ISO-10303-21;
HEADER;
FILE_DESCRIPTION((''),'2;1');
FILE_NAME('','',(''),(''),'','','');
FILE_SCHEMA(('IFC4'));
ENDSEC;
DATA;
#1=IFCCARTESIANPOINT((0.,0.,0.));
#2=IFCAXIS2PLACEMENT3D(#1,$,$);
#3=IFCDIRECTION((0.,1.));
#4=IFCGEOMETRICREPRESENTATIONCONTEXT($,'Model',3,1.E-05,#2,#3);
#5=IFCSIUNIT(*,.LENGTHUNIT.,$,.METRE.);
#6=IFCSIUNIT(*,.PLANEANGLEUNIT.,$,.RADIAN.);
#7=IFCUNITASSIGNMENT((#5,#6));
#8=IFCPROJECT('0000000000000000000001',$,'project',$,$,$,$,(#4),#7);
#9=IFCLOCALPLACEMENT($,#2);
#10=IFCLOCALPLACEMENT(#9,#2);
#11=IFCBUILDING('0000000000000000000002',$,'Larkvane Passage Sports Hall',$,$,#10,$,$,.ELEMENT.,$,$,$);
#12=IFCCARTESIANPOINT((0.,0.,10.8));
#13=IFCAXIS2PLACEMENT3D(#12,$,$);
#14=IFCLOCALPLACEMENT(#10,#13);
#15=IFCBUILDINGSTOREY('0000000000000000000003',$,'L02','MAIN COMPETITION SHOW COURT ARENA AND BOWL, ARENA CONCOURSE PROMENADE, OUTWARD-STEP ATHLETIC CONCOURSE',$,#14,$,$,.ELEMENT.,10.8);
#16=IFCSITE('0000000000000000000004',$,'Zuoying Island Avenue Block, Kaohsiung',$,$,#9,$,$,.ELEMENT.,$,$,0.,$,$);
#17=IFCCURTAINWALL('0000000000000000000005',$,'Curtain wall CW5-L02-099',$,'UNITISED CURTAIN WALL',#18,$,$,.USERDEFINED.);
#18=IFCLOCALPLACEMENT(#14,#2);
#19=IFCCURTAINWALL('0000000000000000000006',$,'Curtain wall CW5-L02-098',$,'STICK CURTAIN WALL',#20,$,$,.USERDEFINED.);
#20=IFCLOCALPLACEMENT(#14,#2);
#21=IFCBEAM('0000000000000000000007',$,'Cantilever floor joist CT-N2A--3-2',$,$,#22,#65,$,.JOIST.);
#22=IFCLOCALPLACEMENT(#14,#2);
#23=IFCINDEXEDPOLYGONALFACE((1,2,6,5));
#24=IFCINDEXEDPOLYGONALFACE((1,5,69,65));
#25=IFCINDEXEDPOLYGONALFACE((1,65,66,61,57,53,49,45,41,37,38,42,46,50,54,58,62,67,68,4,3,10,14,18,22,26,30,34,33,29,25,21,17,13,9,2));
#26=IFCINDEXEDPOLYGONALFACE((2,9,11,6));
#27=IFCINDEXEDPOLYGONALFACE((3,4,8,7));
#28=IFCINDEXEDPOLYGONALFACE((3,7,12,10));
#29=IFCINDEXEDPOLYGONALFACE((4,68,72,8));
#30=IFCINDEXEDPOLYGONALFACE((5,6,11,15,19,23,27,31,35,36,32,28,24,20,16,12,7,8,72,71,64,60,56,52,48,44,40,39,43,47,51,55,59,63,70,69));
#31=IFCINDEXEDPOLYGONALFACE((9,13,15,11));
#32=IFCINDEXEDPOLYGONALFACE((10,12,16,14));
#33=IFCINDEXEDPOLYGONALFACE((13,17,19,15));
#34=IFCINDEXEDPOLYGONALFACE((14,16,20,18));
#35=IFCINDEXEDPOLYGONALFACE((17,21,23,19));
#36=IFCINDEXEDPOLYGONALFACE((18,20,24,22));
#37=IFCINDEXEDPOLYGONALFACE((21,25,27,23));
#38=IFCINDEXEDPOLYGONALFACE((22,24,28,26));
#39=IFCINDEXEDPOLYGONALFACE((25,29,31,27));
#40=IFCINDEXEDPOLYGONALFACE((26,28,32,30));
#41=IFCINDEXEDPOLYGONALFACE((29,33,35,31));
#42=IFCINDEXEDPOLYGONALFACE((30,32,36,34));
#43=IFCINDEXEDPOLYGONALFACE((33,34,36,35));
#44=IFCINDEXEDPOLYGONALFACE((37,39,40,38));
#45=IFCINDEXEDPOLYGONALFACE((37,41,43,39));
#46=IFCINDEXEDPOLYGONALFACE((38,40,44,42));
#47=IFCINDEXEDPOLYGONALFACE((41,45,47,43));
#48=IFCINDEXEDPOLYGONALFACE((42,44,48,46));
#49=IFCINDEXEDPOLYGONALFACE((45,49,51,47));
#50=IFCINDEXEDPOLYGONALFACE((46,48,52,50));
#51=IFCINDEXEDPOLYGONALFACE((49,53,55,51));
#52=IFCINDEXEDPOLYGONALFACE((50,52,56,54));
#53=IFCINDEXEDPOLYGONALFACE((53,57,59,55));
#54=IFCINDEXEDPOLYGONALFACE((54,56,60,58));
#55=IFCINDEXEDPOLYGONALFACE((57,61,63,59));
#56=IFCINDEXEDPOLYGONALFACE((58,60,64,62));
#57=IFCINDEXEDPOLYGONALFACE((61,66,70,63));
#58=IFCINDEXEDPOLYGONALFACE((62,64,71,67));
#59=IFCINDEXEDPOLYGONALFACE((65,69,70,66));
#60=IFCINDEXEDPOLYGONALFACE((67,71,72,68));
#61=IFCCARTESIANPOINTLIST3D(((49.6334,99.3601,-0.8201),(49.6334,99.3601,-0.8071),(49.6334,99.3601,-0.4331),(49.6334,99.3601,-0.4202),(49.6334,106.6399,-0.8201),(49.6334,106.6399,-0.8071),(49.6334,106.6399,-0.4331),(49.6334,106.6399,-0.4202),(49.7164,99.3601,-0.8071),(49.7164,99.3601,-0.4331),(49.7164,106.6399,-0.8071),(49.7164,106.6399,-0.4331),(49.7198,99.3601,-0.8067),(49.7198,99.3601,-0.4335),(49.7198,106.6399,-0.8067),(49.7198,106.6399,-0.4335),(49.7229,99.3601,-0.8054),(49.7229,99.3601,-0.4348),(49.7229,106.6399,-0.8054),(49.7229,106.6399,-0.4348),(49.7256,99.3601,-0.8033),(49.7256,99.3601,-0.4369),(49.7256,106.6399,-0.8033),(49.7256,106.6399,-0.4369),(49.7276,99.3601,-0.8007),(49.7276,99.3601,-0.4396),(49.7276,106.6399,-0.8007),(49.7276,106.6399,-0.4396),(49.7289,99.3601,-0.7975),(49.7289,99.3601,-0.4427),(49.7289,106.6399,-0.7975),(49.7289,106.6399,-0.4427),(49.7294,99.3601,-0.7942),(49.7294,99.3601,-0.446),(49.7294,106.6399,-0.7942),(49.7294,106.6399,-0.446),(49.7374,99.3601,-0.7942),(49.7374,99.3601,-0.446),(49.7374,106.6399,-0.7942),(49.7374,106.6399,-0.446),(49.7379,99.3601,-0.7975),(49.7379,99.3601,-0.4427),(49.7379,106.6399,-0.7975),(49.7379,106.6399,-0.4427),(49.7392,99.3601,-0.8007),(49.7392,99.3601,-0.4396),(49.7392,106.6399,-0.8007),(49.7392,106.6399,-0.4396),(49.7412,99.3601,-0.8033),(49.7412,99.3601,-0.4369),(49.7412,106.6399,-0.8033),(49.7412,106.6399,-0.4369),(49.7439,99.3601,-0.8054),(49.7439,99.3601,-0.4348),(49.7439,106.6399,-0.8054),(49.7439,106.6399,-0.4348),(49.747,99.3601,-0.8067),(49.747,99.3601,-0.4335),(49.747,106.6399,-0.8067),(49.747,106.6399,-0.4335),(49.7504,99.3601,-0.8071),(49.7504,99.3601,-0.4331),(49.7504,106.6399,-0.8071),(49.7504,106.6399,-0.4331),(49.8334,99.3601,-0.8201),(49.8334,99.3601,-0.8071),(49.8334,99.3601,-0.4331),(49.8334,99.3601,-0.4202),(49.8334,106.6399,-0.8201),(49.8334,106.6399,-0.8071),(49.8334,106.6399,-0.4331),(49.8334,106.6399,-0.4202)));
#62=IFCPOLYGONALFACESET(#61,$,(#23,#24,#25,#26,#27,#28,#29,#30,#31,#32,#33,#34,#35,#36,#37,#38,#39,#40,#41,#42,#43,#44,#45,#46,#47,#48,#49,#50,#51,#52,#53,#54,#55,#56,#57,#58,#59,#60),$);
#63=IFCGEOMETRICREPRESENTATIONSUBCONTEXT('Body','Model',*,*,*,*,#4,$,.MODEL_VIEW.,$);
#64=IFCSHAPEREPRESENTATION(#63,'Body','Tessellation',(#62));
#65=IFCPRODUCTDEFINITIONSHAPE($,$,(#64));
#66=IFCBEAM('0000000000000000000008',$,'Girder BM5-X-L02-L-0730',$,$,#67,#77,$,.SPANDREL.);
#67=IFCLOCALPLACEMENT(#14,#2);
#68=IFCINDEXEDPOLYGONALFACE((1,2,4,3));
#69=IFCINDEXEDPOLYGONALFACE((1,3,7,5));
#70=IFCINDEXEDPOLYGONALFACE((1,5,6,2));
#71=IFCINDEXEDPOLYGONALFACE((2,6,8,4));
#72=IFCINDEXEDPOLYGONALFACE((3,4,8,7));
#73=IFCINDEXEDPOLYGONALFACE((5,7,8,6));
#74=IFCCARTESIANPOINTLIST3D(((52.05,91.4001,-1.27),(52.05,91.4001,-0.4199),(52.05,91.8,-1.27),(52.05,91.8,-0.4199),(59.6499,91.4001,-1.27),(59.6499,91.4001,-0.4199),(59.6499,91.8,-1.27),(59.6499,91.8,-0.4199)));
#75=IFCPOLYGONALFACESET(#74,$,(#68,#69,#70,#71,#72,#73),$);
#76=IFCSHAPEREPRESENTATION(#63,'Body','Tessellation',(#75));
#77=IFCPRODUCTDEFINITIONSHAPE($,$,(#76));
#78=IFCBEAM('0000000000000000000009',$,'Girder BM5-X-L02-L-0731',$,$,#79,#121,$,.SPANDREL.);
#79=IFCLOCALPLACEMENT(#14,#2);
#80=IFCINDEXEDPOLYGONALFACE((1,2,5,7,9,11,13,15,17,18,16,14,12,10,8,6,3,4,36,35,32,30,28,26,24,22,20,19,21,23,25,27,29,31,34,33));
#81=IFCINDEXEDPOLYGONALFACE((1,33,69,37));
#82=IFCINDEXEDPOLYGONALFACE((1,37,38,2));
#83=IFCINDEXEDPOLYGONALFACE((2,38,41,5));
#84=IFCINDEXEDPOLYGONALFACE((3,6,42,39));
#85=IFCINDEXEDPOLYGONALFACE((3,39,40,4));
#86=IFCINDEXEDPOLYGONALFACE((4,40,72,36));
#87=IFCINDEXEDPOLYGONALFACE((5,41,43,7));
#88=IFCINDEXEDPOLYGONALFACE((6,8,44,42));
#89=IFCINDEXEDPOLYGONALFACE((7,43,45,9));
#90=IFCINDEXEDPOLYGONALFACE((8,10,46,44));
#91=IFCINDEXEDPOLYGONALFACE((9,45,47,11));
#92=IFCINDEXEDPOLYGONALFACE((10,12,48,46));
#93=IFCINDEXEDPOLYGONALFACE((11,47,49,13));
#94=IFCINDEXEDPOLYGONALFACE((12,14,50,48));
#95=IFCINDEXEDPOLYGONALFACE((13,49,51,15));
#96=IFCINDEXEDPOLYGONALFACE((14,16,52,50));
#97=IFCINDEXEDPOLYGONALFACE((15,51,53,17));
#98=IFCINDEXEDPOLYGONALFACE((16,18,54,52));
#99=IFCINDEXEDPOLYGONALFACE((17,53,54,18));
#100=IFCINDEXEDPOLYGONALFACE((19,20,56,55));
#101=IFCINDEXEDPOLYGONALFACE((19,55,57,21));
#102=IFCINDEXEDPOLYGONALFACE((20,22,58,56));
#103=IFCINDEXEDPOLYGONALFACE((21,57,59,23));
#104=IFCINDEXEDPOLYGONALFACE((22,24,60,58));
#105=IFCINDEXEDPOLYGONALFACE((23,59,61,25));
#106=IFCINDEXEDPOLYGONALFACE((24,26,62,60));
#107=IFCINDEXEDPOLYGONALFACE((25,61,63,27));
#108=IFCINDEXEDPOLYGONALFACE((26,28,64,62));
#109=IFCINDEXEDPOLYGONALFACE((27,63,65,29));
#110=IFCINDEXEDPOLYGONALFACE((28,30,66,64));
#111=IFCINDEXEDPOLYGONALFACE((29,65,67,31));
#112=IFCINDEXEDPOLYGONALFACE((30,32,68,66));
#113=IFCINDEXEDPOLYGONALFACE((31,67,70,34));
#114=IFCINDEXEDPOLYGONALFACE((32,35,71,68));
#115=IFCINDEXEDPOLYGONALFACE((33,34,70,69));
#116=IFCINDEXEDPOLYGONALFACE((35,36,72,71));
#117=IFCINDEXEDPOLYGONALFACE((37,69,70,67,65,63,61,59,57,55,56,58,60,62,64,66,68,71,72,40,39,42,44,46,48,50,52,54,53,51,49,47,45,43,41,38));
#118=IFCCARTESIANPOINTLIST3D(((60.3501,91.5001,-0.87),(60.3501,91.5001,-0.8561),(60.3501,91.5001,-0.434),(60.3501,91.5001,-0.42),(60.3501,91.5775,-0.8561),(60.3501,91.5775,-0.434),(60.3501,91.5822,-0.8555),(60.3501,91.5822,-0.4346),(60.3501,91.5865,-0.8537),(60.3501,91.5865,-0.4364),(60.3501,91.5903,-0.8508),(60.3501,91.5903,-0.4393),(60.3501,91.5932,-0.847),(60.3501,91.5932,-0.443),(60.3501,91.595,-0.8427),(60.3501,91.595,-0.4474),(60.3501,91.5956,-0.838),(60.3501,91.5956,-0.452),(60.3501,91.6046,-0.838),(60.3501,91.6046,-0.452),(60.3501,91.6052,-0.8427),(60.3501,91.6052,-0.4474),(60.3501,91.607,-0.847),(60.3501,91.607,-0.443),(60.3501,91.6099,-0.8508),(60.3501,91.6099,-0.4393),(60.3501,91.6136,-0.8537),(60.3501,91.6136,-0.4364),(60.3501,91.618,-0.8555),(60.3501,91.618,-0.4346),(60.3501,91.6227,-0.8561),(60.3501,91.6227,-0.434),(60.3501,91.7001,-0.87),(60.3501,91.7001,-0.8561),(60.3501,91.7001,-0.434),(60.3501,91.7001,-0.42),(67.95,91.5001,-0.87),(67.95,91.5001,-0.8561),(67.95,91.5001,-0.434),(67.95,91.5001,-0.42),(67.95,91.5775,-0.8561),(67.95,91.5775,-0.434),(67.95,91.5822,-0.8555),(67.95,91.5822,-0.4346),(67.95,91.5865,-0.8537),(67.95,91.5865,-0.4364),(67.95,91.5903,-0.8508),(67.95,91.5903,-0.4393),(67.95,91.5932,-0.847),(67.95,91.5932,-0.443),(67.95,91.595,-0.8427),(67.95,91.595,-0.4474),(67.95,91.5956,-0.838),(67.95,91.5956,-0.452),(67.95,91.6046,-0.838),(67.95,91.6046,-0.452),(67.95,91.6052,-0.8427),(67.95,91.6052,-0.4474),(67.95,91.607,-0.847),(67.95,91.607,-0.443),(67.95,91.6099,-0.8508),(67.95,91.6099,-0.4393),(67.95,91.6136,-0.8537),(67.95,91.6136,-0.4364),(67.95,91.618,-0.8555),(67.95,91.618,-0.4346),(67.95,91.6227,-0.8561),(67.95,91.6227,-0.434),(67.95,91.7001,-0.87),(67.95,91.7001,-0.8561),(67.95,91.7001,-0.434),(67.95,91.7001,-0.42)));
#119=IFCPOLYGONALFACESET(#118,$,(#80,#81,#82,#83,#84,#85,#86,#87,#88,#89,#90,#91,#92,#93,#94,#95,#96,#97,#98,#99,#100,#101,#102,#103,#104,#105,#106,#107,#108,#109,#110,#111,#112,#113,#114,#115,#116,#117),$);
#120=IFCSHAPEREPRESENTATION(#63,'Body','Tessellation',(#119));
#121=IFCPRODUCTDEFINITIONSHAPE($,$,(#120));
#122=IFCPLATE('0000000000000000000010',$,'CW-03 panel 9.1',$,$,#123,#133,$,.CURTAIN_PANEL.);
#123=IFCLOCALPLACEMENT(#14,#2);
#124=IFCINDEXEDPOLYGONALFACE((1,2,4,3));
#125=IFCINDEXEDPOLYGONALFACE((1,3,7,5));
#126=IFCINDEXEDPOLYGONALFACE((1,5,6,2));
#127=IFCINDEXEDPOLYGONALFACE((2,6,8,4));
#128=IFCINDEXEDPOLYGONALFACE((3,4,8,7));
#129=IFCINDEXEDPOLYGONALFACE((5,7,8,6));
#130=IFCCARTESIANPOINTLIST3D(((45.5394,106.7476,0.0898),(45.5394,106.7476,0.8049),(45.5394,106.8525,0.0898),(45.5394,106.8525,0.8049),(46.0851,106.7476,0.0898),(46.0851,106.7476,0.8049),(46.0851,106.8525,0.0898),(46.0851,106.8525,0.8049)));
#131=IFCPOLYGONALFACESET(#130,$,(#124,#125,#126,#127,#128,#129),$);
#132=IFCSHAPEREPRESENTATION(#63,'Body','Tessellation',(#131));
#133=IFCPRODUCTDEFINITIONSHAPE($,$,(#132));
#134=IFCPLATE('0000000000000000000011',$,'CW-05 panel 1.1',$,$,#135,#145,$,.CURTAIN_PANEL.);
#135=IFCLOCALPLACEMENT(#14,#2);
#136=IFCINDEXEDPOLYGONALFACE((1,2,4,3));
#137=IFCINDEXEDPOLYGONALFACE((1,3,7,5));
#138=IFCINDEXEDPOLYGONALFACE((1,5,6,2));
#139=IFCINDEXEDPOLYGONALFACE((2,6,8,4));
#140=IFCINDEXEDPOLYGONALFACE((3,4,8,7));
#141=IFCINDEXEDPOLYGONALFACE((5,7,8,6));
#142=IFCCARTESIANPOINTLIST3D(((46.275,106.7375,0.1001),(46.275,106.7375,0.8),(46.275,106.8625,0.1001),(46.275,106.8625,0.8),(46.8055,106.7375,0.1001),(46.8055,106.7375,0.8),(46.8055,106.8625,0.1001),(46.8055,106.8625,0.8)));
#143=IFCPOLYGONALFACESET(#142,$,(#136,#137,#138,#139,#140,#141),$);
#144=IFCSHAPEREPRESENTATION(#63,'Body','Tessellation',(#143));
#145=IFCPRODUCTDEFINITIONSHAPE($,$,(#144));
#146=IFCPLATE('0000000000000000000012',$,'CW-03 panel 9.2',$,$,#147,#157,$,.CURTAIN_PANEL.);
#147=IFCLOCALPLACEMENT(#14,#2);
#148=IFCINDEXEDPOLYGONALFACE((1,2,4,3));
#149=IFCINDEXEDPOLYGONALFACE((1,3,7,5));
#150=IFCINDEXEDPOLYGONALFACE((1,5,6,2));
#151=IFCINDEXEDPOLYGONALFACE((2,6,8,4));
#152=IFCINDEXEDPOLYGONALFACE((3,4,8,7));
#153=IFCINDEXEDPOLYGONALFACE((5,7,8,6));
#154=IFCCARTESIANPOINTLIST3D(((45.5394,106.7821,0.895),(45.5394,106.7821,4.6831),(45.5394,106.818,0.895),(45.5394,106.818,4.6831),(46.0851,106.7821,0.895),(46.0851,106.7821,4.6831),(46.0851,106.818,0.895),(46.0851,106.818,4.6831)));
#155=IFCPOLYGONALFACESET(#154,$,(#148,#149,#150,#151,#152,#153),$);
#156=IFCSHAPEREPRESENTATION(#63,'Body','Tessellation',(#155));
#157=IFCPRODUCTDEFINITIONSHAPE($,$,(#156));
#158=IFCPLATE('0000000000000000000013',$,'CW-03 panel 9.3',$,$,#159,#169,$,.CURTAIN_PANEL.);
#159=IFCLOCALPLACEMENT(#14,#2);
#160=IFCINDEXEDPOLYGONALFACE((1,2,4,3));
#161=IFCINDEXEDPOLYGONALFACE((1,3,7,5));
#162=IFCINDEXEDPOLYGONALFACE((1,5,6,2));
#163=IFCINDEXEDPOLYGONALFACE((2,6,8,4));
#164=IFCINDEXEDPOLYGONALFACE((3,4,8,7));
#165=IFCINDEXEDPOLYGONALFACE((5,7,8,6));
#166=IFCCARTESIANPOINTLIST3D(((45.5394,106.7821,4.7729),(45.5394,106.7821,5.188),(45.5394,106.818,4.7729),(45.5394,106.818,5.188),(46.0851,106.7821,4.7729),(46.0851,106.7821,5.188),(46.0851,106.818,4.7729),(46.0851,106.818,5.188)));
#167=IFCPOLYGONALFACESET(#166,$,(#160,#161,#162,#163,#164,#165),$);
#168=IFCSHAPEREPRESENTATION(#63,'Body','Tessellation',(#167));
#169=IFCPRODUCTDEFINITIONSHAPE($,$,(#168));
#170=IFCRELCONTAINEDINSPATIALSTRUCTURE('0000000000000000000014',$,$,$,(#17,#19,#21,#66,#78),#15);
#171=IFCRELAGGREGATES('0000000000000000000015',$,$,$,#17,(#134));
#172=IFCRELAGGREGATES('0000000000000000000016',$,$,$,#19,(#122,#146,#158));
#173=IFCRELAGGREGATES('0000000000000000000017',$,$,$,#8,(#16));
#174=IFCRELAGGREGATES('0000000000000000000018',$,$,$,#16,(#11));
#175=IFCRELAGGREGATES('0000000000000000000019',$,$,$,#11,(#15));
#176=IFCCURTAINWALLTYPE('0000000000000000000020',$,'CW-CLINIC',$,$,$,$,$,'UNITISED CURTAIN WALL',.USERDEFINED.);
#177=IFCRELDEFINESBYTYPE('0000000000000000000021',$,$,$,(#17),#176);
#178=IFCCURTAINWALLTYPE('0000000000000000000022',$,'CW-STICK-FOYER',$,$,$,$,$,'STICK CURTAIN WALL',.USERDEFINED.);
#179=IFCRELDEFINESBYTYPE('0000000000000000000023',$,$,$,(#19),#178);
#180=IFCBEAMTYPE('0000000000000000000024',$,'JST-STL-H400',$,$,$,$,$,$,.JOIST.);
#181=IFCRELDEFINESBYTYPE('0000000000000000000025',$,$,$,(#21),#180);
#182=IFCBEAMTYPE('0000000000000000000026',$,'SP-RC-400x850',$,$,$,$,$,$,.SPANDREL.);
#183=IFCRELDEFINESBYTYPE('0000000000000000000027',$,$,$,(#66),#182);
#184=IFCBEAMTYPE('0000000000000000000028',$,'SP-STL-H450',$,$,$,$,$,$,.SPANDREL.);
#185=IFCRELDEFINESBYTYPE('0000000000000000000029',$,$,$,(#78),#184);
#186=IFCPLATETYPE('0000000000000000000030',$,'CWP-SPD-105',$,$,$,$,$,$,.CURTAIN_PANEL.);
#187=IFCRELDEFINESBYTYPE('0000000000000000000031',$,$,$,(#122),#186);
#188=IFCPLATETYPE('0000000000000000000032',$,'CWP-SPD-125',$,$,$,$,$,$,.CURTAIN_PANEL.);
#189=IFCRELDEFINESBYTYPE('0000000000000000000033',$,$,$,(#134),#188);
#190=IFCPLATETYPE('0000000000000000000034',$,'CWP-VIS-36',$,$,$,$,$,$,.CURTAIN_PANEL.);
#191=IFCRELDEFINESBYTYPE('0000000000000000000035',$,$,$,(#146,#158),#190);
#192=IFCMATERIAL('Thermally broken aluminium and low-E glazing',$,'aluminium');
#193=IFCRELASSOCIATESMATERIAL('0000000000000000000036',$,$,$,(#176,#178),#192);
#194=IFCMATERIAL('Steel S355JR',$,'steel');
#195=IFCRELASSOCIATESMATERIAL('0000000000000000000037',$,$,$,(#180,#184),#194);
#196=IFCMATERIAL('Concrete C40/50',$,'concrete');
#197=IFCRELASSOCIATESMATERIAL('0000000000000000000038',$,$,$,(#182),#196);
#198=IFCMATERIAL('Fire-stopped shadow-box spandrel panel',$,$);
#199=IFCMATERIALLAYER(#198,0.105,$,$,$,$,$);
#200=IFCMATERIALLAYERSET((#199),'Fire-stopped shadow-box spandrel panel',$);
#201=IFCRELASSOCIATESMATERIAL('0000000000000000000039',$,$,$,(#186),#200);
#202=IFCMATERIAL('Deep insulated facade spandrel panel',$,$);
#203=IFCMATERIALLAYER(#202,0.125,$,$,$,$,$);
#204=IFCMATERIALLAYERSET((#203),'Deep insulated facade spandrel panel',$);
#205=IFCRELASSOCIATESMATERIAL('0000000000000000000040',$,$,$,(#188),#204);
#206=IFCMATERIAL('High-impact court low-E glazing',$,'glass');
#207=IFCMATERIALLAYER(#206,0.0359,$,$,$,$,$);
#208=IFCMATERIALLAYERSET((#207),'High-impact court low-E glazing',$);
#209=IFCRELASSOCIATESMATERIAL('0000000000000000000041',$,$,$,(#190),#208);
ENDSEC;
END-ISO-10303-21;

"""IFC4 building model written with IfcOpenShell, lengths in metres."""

from ifc_helpers import new_model, si_unit, direction, frame, origin, origin_2d, place, context, subcontext, project, spatial, rectangle, i_section, extrude, material, layer, layer_set, material_profile, profile_set, type_object, element, aggregate, save


model = new_model("IFC4")

# Units and contexts
model_context = context("Model", 3, precision=1e-05, world=origin(), true_north=direction((0.0, 1.0)))
body_context = subcontext(model_context, "Body", "Model", "MODEL_VIEW")
ifc_project = project(units=[si_unit("LENGTHUNIT", "METRE"), si_unit("PLANEANGLEUNIT", "RADIAN")], contexts=[model_context])

# Site, building, storey
site_placement = place(None, origin())
site = spatial("IfcSite", under=ifc_project, at=site_placement, Name="Zuoying Island Avenue Block, Kaohsiung", CompositionType="ELEMENT", RefElevation=0.0)
building_placement = place(site_placement, origin())
building = spatial("IfcBuilding", under=site, at=building_placement, Name="Larkvane Passage Sports Hall", CompositionType="ELEMENT")
storey_placement = place(building_placement, frame((0.0, 0.0, 10.8)))
storey = spatial("IfcBuildingStorey", under=building, at=storey_placement, Name="L02", Description="MAIN COMPETITION SHOW COURT ARENA AND BOWL, ARENA CONCOURSE PROMENADE, OUTWARD-STEP ATHLETIC CONCOURSE", CompositionType="ELEMENT", Elevation=10.8)

# Curtain walls
ifc_material_1 = material(Name="Thermally broken aluminium and low-E glazing", Category="aluminium")
curtain_wall_type_1 = type_object("IfcCurtainWallType", Name="CW-CLINIC", ElementType="UNITISED CURTAIN WALL", PredefinedType="USERDEFINED", material=ifc_material_1)
curtain_wall_1_placement = place(storey_placement, origin())
curtain_wall_1 = element("IfcCurtainWall", 1, at=curtain_wall_1_placement, inside=storey, type_object=curtain_wall_type_1, Name="Curtain wall CW5-L02-099", ObjectType="UNITISED CURTAIN WALL", PredefinedType="USERDEFINED")
curtain_wall_type_2 = type_object("IfcCurtainWallType", Name="CW-STICK-FOYER", ElementType="STICK CURTAIN WALL", PredefinedType="USERDEFINED", material=ifc_material_1)
curtain_wall_2_placement = place(storey_placement, origin())
curtain_wall_2 = element("IfcCurtainWall", 2, at=curtain_wall_2_placement, inside=storey, type_object=curtain_wall_type_2, Name="Curtain wall CW5-L02-098", ObjectType="STICK CURTAIN WALL", PredefinedType="USERDEFINED")

# Beams
ifc_material_2 = material(Name="Steel S355JR", Category="steel")
ifc_material_profile_1 = material_profile(ifc_material_2, i_section(OverallWidth=0.2, OverallDepth=0.3999, WebThickness=0.0081, FlangeThickness=0.0129, FilletRadius=0.0129, at=origin_2d()), Name="H-400x200x8x13")
ifc_profile_set_1 = profile_set([ifc_material_profile_1], Name="Steel S355JR")
beam_type_1 = type_object("IfcBeamType", Name="JST-STL-H400", PredefinedType="JOIST", material=ifc_profile_set_1)
beam_1_placement = place(storey_placement, frame((49.7334, 99.3601, -0.6201), z_axis=(0.0, 1.0, 0.0), x_axis=(-1.0, 0.0, 0.0)))
element("IfcBeam", 3, at=beam_1_placement, inside=storey, type_object=beam_type_1, Name="Cantilever floor joist CT-N2A--3-2", PredefinedType="JOIST", context=body_context, shape_type="SweptSolid", body=[
    extrude(i_section(OverallWidth=0.2, OverallDepth=0.3999, WebThickness=0.0081, FlangeThickness=0.0129, FilletRadius=0.0129, at=origin_2d()), origin(), (0.0, 0.0, 1.0), 7.2798),
])
ifc_material_3 = material(Name="Concrete C40/50", Category="concrete")
ifc_material_profile_2 = material_profile(ifc_material_3, rectangle(XDim=0.3999, YDim=0.8501, at=origin_2d()), Name="RC-SP-400x850")
ifc_profile_set_2 = profile_set([ifc_material_profile_2], Name="Concrete C40/50")
beam_type_2 = type_object("IfcBeamType", Name="SP-RC-400x850", PredefinedType="SPANDREL", material=ifc_profile_set_2)
beam_2_placement = place(storey_placement, frame((52.05, 91.6001, -0.845), z_axis=(1.0, 0.0, 0.0), x_axis=(0.0, 1.0, 0.0)))
element("IfcBeam", 4, at=beam_2_placement, inside=storey, type_object=beam_type_2, Name="Girder BM5-X-L02-L-0730", PredefinedType="SPANDREL", context=body_context, shape_type="SweptSolid", body=[
    extrude(rectangle(XDim=0.3999, YDim=0.8501, at=origin_2d()), origin(), (0.0, 0.0, 1.0), 7.5999),
])
ifc_material_profile_3 = material_profile(ifc_material_2, i_section(OverallWidth=0.2, OverallDepth=0.45, WebThickness=0.009, FlangeThickness=0.0139, FilletRadius=0.0181, at=origin_2d()), Name="H-450x200x9x14")
ifc_profile_set_3 = profile_set([ifc_material_profile_3], Name="Steel S355JR")
beam_type_3 = type_object("IfcBeamType", Name="SP-STL-H450", PredefinedType="SPANDREL", material=ifc_profile_set_3)
beam_3_placement = place(storey_placement, frame((60.3501, 91.6001, -0.645), z_axis=(1.0, 0.0, 0.0), x_axis=(0.0, 1.0, 0.0)))
element("IfcBeam", 5, at=beam_3_placement, inside=storey, type_object=beam_type_3, Name="Girder BM5-X-L02-L-0731", PredefinedType="SPANDREL", context=body_context, shape_type="SweptSolid", body=[
    extrude(i_section(OverallWidth=0.2, OverallDepth=0.45, WebThickness=0.009, FlangeThickness=0.0139, FilletRadius=0.0181, at=origin_2d()), origin(), (0.0, 0.0, 1.0), 7.5999),
])

# Plates
ifc_material_4 = material(Name="Fire-stopped shadow-box spandrel panel")
ifc_layer_1 = layer(ifc_material_4, 0.105)
ifc_layer_set_1 = layer_set([ifc_layer_1], Name="Fire-stopped shadow-box spandrel panel")
plate_type_1 = type_object("IfcPlateType", Name="CWP-SPD-105", PredefinedType="CURTAIN_PANEL", material=ifc_layer_set_1)
plate_1_placement = place(storey_placement, frame((45.8123, 106.8, 0.0898), z_axis=(0.0, 0.0, 1.0), x_axis=(1.0, 0.0, 0.0)))
plate_1 = element("IfcPlate", 6, at=plate_1_placement, type_object=plate_type_1, Name="CW-03 panel 9.1", PredefinedType="CURTAIN_PANEL", context=body_context, shape_type="SweptSolid", body=[
    extrude(rectangle(XDim=0.5457, YDim=0.105, at=origin_2d()), origin(), (0.0, 0.0, 1.0), 0.7151),
])
ifc_material_5 = material(Name="Deep insulated facade spandrel panel")
ifc_layer_2 = layer(ifc_material_5, 0.125)
ifc_layer_set_2 = layer_set([ifc_layer_2], Name="Deep insulated facade spandrel panel")
plate_type_2 = type_object("IfcPlateType", Name="CWP-SPD-125", PredefinedType="CURTAIN_PANEL", material=ifc_layer_set_2)
plate_2_placement = place(storey_placement, frame((46.5403, 106.8, 0.1001), z_axis=(0.0, 0.0, 1.0), x_axis=(1.0, 0.0, 0.0)))
plate_2 = element("IfcPlate", 7, at=plate_2_placement, type_object=plate_type_2, Name="CW-05 panel 1.1", PredefinedType="CURTAIN_PANEL", context=body_context, shape_type="SweptSolid", body=[
    extrude(rectangle(XDim=0.5305, YDim=0.125, at=origin_2d()), origin(), (0.0, 0.0, 1.0), 0.7),
])
aggregate(curtain_wall_1, [plate_2])
ifc_material_6 = material(Name="High-impact court low-E glazing", Category="glass")
ifc_layer_3 = layer(ifc_material_6, 0.0359)
ifc_layer_set_3 = layer_set([ifc_layer_3], Name="High-impact court low-E glazing")
plate_type_3 = type_object("IfcPlateType", Name="CWP-VIS-36", PredefinedType="CURTAIN_PANEL", material=ifc_layer_set_3)
plate_3_placement = place(storey_placement, frame((45.8123, 106.8, 0.895), z_axis=(0.0, 0.0, 1.0), x_axis=(1.0, 0.0, 0.0)))
plate_3 = element("IfcPlate", 8, at=plate_3_placement, type_object=plate_type_3, Name="CW-03 panel 9.2", PredefinedType="CURTAIN_PANEL", context=body_context, shape_type="SweptSolid", body=[
    extrude(rectangle(XDim=0.5457, YDim=0.0359, at=origin_2d()), origin(), (0.0, 0.0, 1.0), 3.7881),
])
plate_4_placement = place(storey_placement, frame((45.8123, 106.8, 4.7729), z_axis=(0.0, 0.0, 1.0), x_axis=(1.0, 0.0, 0.0)))
plate_4 = element("IfcPlate", 9, at=plate_4_placement, type_object=plate_type_3, Name="CW-03 panel 9.3", PredefinedType="CURTAIN_PANEL", context=body_context, shape_type="SweptSolid", body=[
    extrude(rectangle(XDim=0.5457, YDim=0.0359, at=origin_2d()), origin(), (0.0, 0.0, 1.0), 0.415),
])
aggregate(curtain_wall_2, [plate_1, plate_3, plate_4])

save(model, "model.ifc")
